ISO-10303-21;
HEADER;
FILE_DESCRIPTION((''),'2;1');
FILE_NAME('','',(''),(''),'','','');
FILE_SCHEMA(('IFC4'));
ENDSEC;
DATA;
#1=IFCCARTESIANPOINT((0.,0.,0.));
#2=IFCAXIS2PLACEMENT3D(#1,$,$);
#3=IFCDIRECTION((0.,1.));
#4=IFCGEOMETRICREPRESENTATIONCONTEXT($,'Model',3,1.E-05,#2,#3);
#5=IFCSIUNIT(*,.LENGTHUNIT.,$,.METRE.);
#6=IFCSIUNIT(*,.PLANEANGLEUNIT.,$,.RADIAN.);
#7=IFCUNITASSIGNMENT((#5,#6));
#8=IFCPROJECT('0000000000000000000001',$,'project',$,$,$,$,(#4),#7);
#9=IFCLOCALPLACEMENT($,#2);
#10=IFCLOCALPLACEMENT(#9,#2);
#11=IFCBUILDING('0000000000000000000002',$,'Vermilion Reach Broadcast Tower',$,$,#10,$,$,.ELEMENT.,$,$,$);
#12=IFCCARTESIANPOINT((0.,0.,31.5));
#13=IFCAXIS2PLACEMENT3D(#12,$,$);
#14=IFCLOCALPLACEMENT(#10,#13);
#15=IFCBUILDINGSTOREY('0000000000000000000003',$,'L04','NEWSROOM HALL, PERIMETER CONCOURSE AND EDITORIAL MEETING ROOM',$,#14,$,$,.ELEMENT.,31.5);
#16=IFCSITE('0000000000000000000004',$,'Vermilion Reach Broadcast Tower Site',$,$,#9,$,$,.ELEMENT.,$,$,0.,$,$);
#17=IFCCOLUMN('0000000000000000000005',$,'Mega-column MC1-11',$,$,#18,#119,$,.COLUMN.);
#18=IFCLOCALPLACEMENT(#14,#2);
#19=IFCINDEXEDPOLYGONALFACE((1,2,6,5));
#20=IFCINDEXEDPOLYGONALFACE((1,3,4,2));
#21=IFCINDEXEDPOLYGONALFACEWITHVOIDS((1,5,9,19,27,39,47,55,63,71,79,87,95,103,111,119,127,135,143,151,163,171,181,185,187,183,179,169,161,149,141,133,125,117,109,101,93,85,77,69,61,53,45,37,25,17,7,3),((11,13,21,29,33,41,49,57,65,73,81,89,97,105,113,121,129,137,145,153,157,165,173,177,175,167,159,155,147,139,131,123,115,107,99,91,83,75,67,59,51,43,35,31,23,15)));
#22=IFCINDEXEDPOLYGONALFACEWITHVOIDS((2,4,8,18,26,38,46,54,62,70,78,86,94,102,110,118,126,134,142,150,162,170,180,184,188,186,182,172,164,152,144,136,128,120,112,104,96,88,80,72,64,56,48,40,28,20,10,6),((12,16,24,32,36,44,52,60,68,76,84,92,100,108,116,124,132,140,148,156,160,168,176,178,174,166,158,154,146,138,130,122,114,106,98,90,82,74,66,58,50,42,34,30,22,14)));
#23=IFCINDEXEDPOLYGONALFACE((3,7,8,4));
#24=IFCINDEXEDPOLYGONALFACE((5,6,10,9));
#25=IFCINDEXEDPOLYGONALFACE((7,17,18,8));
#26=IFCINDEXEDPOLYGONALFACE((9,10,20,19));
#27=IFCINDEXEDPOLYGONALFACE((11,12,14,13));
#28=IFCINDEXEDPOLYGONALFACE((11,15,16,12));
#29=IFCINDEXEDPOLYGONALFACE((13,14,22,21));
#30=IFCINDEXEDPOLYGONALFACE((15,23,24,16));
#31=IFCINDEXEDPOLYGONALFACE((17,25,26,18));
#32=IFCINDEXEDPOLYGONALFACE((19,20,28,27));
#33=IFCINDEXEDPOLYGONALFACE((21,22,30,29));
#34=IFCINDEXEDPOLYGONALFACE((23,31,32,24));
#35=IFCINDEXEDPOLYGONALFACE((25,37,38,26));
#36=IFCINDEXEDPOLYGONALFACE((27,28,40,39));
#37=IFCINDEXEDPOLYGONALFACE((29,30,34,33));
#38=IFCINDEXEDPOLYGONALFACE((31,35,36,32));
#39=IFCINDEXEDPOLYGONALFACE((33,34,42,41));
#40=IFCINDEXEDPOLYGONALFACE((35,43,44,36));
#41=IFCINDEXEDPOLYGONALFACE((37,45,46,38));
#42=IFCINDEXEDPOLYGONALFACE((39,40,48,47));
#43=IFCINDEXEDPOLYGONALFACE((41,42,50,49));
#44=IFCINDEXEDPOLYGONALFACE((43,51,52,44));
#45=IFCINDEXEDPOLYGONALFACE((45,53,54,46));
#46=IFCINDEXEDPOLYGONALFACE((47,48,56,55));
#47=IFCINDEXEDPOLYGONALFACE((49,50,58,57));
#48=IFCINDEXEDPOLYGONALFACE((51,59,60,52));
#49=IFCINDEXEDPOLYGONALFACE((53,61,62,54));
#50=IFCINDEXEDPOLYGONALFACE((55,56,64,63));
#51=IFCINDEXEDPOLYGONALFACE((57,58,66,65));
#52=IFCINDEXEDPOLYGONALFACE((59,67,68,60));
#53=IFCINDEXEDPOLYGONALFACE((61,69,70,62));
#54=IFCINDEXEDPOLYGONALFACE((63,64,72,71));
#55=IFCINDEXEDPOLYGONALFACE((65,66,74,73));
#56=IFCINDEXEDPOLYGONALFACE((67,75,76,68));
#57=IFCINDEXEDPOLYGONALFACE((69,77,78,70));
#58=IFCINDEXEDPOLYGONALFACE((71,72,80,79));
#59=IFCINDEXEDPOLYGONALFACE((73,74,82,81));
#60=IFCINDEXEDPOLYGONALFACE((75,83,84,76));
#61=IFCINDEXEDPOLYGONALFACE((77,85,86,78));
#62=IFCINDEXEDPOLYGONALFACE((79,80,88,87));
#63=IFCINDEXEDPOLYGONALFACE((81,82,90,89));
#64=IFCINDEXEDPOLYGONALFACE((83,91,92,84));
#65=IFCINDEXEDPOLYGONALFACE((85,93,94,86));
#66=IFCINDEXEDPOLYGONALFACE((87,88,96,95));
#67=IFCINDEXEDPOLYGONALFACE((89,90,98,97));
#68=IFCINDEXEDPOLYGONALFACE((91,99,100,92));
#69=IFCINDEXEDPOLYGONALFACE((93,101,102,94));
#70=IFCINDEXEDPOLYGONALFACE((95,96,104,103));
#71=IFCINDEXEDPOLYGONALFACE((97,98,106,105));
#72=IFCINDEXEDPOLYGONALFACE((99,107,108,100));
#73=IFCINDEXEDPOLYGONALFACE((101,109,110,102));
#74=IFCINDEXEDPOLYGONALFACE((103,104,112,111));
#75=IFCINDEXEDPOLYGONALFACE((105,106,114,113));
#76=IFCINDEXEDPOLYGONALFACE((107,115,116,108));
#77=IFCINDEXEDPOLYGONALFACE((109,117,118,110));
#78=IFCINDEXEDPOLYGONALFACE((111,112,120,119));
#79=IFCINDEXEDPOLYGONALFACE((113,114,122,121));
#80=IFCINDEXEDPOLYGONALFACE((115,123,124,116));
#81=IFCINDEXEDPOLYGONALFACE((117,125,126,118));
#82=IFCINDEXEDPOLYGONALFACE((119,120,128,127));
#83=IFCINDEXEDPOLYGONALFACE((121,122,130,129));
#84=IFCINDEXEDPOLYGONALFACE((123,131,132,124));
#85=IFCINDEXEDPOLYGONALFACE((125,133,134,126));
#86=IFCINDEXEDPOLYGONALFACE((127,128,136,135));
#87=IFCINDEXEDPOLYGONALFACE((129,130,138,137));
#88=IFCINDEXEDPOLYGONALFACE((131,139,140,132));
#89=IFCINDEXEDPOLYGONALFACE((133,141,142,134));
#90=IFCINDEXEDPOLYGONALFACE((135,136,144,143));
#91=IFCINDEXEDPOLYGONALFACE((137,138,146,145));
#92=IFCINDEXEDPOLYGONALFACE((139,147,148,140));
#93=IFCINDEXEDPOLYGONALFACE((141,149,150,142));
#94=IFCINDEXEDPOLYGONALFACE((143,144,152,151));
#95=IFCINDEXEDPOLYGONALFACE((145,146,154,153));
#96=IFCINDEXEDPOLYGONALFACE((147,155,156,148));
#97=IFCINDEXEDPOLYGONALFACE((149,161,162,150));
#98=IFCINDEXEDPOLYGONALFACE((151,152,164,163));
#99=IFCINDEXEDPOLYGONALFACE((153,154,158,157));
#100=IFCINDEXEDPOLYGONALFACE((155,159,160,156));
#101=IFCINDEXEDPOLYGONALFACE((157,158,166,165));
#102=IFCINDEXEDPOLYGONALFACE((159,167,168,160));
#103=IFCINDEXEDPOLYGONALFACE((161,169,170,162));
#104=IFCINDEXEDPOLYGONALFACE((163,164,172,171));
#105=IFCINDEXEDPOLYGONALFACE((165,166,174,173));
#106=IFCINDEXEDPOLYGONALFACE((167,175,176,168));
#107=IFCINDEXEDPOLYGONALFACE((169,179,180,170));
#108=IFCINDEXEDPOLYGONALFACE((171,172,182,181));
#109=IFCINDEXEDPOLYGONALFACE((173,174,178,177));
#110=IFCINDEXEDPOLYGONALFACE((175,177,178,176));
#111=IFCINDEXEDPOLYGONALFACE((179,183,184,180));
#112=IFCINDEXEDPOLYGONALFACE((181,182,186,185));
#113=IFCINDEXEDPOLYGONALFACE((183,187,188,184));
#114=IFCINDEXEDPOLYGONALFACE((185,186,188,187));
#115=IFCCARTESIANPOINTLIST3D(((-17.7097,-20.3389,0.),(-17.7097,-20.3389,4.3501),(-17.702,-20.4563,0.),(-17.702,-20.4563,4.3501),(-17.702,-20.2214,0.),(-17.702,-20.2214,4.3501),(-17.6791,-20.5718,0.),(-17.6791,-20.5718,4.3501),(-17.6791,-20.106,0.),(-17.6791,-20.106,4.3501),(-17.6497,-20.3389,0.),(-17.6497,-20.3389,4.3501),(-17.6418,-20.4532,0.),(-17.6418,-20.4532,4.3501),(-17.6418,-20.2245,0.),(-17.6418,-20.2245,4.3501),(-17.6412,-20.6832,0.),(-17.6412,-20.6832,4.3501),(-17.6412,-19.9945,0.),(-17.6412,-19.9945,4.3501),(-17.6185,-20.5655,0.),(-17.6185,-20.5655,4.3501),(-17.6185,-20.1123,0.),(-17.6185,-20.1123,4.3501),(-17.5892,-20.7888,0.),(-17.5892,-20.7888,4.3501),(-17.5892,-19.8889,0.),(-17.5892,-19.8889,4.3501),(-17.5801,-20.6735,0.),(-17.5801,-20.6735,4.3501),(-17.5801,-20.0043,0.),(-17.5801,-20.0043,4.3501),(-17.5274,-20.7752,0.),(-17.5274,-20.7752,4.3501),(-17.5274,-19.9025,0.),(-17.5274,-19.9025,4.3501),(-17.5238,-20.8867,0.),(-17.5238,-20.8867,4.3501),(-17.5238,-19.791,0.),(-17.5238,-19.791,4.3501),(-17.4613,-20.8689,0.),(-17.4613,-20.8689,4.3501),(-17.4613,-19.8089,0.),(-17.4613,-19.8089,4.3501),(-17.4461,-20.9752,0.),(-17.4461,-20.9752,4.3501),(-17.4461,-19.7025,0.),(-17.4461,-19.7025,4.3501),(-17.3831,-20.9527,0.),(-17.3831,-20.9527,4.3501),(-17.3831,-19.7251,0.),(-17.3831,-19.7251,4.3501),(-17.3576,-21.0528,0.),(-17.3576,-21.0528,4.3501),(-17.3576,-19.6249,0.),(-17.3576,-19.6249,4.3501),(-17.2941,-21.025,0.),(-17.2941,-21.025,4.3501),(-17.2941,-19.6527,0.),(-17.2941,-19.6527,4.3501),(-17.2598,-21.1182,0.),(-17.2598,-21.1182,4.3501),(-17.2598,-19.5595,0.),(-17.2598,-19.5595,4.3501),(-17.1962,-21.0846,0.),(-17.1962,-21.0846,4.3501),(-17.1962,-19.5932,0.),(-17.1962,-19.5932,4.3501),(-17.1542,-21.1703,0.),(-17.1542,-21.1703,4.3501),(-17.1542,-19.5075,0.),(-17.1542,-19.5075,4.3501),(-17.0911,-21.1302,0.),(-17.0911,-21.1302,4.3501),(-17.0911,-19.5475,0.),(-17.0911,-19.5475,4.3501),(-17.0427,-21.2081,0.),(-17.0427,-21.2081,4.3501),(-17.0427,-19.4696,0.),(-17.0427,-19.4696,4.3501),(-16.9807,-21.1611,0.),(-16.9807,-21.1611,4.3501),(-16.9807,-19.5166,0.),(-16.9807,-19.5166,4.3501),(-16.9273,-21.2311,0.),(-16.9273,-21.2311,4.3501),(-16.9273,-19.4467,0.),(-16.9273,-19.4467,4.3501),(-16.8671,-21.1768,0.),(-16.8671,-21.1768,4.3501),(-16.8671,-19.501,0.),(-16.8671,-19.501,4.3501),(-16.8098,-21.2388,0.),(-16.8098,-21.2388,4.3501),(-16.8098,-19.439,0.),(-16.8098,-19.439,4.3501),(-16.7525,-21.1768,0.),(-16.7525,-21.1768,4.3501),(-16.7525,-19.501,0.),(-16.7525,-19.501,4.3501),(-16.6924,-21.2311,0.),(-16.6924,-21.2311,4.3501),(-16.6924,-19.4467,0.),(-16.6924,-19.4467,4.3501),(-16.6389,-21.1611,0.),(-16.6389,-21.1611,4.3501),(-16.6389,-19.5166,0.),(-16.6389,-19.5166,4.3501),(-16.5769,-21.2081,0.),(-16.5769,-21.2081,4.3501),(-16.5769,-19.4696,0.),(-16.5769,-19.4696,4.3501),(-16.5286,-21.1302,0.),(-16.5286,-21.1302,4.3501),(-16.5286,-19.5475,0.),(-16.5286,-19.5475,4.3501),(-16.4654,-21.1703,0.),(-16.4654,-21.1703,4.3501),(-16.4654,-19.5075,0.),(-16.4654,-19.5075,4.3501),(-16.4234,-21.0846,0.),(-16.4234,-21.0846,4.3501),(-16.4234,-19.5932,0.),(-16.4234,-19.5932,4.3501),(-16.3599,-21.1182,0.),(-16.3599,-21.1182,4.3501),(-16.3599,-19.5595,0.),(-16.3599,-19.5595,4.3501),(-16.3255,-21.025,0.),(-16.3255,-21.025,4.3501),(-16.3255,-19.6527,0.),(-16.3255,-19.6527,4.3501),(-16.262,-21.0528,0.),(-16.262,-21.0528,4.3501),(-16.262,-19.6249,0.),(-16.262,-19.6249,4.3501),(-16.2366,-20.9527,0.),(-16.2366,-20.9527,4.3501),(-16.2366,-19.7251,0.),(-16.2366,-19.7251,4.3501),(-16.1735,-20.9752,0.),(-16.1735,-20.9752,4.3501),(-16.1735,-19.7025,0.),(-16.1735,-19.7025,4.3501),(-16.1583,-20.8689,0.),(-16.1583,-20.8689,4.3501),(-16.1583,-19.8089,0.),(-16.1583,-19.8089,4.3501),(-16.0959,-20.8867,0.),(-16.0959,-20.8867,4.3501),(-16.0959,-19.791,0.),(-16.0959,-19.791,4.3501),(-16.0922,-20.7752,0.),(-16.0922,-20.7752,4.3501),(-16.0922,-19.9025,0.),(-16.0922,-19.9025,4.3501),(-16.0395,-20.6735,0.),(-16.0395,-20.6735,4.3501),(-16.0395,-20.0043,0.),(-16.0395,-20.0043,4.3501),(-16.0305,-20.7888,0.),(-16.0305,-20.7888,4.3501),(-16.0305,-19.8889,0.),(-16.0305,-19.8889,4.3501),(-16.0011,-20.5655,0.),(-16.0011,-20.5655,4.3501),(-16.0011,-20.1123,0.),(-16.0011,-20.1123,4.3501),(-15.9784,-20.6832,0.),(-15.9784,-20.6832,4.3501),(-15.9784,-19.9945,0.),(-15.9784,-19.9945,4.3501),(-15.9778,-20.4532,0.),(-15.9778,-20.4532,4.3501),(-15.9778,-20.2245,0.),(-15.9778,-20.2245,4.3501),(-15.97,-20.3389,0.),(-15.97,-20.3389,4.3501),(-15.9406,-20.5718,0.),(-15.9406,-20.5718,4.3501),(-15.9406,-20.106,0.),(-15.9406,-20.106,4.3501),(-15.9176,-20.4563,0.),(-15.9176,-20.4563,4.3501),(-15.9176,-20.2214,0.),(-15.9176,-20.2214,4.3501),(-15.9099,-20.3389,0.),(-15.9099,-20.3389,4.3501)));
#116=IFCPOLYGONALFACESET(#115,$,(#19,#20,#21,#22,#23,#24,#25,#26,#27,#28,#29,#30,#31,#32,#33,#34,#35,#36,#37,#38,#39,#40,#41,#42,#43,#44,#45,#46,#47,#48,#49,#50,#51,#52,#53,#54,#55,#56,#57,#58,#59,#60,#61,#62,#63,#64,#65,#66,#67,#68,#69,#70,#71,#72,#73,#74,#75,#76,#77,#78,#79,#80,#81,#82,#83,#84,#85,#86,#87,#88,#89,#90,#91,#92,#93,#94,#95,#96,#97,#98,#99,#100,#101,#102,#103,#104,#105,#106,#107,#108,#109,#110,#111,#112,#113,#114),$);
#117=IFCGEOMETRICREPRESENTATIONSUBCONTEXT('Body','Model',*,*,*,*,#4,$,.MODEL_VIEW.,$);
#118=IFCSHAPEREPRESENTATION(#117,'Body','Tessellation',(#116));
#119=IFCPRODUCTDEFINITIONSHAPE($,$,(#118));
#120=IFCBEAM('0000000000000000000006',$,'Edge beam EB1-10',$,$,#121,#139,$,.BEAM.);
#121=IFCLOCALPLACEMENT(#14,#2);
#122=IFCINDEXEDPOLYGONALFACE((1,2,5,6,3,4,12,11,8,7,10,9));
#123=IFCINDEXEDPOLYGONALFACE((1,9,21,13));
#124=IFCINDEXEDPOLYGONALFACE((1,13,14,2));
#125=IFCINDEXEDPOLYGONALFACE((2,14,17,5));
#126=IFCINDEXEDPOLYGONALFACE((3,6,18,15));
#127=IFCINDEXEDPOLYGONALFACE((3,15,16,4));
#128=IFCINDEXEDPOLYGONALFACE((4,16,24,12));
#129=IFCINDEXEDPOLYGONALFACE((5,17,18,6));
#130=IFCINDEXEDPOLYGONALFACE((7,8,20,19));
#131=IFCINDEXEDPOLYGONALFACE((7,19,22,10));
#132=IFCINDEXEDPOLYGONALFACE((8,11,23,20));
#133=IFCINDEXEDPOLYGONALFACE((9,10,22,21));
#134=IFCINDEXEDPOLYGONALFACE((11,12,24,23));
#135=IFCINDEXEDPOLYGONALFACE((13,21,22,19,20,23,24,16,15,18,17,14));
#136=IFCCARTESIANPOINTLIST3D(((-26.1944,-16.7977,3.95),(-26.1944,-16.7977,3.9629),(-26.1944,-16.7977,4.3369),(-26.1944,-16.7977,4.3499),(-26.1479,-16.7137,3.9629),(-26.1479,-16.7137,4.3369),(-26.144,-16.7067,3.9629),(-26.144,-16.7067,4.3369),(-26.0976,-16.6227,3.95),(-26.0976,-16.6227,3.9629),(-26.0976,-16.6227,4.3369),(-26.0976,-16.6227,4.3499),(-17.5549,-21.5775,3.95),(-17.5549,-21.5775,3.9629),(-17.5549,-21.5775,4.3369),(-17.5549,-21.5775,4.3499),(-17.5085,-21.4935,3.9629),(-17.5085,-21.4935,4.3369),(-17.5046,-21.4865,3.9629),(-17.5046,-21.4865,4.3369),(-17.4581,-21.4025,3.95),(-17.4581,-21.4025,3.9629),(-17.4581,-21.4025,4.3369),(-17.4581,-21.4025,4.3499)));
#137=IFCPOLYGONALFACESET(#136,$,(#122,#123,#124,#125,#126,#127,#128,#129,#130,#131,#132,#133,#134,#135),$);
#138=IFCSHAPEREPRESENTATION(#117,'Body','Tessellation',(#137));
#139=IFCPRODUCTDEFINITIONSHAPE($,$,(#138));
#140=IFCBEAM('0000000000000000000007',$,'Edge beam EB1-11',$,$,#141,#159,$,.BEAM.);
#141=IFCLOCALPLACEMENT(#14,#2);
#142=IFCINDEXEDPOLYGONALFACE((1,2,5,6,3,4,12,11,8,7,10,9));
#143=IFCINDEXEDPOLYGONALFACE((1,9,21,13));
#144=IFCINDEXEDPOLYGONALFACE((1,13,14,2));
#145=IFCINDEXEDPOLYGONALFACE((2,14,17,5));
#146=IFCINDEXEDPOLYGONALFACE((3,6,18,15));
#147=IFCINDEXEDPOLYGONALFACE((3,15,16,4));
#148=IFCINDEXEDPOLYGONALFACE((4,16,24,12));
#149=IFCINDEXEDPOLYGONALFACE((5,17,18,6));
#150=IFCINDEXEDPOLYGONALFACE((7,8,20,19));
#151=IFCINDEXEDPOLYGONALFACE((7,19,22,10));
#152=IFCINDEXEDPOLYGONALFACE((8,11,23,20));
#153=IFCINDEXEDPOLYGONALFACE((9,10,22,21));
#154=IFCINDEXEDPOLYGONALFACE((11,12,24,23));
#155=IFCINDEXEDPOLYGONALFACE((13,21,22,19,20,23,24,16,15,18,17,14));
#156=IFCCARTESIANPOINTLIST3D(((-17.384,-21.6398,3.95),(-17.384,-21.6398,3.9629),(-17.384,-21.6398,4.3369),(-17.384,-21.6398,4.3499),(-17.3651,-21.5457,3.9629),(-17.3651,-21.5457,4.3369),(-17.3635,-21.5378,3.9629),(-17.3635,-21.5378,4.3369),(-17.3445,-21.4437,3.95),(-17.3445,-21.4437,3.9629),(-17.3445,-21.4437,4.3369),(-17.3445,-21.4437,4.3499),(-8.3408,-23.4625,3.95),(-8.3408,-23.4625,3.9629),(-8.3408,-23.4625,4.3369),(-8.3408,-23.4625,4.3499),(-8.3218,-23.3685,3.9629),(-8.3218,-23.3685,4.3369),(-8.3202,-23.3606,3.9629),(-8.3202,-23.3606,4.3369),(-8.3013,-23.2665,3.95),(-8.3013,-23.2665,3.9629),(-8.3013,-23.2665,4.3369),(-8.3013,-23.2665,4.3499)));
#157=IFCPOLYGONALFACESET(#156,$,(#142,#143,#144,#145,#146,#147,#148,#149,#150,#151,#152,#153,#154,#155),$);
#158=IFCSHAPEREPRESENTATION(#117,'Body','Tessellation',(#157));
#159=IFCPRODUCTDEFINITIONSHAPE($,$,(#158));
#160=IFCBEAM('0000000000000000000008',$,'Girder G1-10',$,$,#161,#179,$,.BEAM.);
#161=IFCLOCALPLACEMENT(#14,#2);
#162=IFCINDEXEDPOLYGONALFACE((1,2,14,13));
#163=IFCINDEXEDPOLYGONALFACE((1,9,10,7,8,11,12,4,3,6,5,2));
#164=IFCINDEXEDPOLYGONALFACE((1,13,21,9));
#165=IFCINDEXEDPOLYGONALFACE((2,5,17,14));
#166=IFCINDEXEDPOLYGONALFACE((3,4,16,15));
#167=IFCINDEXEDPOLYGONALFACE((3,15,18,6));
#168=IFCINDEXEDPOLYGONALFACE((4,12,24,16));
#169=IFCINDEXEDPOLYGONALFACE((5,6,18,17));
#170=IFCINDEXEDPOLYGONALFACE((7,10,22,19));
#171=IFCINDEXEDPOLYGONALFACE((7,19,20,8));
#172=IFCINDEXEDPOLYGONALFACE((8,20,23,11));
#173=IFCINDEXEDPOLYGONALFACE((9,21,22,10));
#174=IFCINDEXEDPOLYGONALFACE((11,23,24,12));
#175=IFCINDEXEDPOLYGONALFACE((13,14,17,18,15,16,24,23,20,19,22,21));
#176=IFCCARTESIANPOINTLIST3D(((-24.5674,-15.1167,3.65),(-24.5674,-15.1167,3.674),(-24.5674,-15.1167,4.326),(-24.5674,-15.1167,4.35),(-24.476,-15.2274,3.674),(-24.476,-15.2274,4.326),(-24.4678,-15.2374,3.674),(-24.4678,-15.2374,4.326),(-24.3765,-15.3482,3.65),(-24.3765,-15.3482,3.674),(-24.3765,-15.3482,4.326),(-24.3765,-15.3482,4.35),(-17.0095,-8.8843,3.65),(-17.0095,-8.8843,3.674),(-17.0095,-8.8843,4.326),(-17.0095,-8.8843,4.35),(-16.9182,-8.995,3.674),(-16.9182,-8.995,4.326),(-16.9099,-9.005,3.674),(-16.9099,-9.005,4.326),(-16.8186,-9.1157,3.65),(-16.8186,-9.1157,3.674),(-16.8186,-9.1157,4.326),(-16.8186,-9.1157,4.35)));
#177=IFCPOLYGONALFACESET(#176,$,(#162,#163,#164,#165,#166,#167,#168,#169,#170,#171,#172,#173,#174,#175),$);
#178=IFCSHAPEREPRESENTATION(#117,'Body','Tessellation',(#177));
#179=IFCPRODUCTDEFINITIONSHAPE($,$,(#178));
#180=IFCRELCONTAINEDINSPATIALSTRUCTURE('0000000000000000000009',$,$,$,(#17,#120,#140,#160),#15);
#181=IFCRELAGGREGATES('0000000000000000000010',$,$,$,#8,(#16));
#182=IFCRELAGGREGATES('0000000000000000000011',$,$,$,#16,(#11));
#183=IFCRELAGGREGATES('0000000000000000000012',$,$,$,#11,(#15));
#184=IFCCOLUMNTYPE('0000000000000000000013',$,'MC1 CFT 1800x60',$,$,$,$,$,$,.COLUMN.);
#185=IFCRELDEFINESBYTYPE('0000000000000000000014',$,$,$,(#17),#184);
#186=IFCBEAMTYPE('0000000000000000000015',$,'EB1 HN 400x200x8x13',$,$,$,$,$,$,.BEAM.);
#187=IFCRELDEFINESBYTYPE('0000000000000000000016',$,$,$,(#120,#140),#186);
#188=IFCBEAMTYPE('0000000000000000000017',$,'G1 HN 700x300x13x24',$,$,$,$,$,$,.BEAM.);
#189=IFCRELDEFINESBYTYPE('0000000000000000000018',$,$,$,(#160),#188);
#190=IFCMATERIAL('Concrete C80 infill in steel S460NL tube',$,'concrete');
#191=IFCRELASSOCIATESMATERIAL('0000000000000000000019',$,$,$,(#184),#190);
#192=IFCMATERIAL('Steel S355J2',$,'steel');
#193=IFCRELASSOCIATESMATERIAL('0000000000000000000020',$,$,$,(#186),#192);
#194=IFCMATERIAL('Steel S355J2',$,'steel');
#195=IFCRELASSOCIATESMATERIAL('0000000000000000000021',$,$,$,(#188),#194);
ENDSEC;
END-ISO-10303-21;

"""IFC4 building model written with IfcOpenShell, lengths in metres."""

from ifc_helpers import new_model, si_unit, direction, frame, origin, origin_2d, place, context, subcontext, project, spatial, hollow_circle, i_section, extrude, material, material_profile, profile_set, type_object, element, save


model = new_model("IFC4")

# Units and contexts
model_context = context("Model", 3, precision=1e-05, world=origin(), true_north=direction((0.0, 1.0)))
body_context = subcontext(model_context, "Body", "Model", "MODEL_VIEW")
ifc_project = project(units=[si_unit("LENGTHUNIT", "METRE"), si_unit("PLANEANGLEUNIT", "RADIAN")], contexts=[model_context])

# Site, building, storey
site_placement = place(None, origin())
site = spatial("IfcSite", under=ifc_project, at=site_placement, Name="Vermilion Reach Broadcast Tower Site", CompositionType="ELEMENT", RefElevation=0.0)
building_placement = place(site_placement, origin())
building = spatial("IfcBuilding", under=site, at=building_placement, Name="Vermilion Reach Broadcast Tower", CompositionType="ELEMENT")
storey_placement = place(building_placement, frame((0.0, 0.0, 31.5)))
storey = spatial("IfcBuildingStorey", under=building, at=storey_placement, Name="L04", Description="NEWSROOM HALL, PERIMETER CONCOURSE AND EDITORIAL MEETING ROOM", CompositionType="ELEMENT", Elevation=31.5)

# Column
ifc_material_1 = material(Name="Concrete C80 infill in steel S460NL tube", Category="concrete")
ifc_material_profile_1 = material_profile(ifc_material_1, hollow_circle(Radius=0.8999, WallThickness=0.0601, at=origin_2d()), Name="Concrete C80 infill in steel S460NL tube CFT 1800x60")
ifc_profile_set_1 = profile_set([ifc_material_profile_1], Name="Concrete C80 infill in steel S460NL tube")
column_type = type_object("IfcColumnType", Name="MC1 CFT 1800x60", PredefinedType="COLUMN", material=ifc_profile_set_1)
for number, where, z_axis, x_axis, name in (
    (1, (-16.8098, -20.3389, 0.0), (0.0, 0.0, 1.0), (1.0, 0.0, 0.0), "Mega-column MC1-11"),
):
    element("IfcColumn", number, at=place(storey_placement, frame(where, z_axis=z_axis, x_axis=x_axis)), inside=storey, type_object=column_type, Name=name, PredefinedType="COLUMN", context=body_context, shape_type="SweptSolid", body=[
        extrude(hollow_circle(Radius=0.8999, WallThickness=0.0601, at=origin_2d()), origin(), (0.0, 0.0, 1.0), 4.3501),
    ])

# Beams
ifc_material_2 = material(Name="Steel S355J2", Category="steel")
ifc_material_profile_2 = material_profile(ifc_material_2, i_section(OverallWidth=0.2, OverallDepth=0.3999, WebThickness=0.0081, FlangeThickness=0.0129, at=origin_2d()), Name="S355J2 HN 400x200x8x13")
ifc_profile_set_2 = profile_set([ifc_material_profile_2], Name="Steel S355J2")
beam_type_1 = type_object("IfcBeamType", Name="EB1 HN 400x200x8x13", PredefinedType="BEAM", material=ifc_profile_set_2)
beam_1_placement = place(storey_placement, frame((-26.146, -16.7102, 4.1499), z_axis=(0.875011, -0.484103, 0.0), x_axis=(0.484103, 0.875011, 0.0)))
element("IfcBeam", 2, at=beam_1_placement, inside=storey, type_object=beam_type_1, Name="Edge beam EB1-10", PredefinedType="BEAM", context=body_context, shape_type="SweptSolid", body=[
    extrude(i_section(OverallWidth=0.2, OverallDepth=0.3999, WebThickness=0.0081, FlangeThickness=0.0129, at=origin_2d()), origin(), (0.0, 0.0, 1.0), 9.8735),
])
beam_2_placement = place(storey_placement, frame((-17.3643, -21.5417, 4.1499), z_axis=(0.980285, -0.197587, 0.0), x_axis=(0.197587, 0.980285, 0.0)))
element("IfcBeam", 3, at=beam_2_placement, inside=storey, type_object=beam_type_1, Name="Edge beam EB1-11", PredefinedType="BEAM", context=body_context, shape_type="SweptSolid", body=[
    extrude(i_section(OverallWidth=0.2, OverallDepth=0.3999, WebThickness=0.0081, FlangeThickness=0.0129, at=origin_2d()), origin(), (0.0, 0.0, 1.0), 9.2251),
])
ifc_material_3 = material(Name="Steel S355J2", Category="steel")
ifc_material_profile_3 = material_profile(ifc_material_3, i_section(OverallWidth=0.3, OverallDepth=0.7, WebThickness=0.0129, FlangeThickness=0.0239, at=origin_2d()), Name="S355J2 HN 700x300x13x24")
ifc_profile_set_3 = profile_set([ifc_material_profile_3], Name="Steel S355J2")
beam_type_2 = type_object("IfcBeamType", Name="G1 HN 700x300x13x24", PredefinedType="BEAM", material=ifc_profile_set_3)
beam_3_placement = place(storey_placement, frame((-16.9141, -9.0, 4.0), z_axis=(-0.771514, -0.636212, 0.0), x_axis=(0.636212, -0.771514, 0.0)))
element("IfcBeam", 4, at=beam_3_placement, inside=storey, type_object=beam_type_2, Name="Girder G1-10", PredefinedType="BEAM", context=body_context, shape_type="SweptSolid", body=[
    extrude(i_section(OverallWidth=0.3, OverallDepth=0.7, WebThickness=0.0129, FlangeThickness=0.0239, at=origin_2d()), origin(), (0.0, 0.0, 1.0), 9.7961),
])

save(model, "model.ifc")
